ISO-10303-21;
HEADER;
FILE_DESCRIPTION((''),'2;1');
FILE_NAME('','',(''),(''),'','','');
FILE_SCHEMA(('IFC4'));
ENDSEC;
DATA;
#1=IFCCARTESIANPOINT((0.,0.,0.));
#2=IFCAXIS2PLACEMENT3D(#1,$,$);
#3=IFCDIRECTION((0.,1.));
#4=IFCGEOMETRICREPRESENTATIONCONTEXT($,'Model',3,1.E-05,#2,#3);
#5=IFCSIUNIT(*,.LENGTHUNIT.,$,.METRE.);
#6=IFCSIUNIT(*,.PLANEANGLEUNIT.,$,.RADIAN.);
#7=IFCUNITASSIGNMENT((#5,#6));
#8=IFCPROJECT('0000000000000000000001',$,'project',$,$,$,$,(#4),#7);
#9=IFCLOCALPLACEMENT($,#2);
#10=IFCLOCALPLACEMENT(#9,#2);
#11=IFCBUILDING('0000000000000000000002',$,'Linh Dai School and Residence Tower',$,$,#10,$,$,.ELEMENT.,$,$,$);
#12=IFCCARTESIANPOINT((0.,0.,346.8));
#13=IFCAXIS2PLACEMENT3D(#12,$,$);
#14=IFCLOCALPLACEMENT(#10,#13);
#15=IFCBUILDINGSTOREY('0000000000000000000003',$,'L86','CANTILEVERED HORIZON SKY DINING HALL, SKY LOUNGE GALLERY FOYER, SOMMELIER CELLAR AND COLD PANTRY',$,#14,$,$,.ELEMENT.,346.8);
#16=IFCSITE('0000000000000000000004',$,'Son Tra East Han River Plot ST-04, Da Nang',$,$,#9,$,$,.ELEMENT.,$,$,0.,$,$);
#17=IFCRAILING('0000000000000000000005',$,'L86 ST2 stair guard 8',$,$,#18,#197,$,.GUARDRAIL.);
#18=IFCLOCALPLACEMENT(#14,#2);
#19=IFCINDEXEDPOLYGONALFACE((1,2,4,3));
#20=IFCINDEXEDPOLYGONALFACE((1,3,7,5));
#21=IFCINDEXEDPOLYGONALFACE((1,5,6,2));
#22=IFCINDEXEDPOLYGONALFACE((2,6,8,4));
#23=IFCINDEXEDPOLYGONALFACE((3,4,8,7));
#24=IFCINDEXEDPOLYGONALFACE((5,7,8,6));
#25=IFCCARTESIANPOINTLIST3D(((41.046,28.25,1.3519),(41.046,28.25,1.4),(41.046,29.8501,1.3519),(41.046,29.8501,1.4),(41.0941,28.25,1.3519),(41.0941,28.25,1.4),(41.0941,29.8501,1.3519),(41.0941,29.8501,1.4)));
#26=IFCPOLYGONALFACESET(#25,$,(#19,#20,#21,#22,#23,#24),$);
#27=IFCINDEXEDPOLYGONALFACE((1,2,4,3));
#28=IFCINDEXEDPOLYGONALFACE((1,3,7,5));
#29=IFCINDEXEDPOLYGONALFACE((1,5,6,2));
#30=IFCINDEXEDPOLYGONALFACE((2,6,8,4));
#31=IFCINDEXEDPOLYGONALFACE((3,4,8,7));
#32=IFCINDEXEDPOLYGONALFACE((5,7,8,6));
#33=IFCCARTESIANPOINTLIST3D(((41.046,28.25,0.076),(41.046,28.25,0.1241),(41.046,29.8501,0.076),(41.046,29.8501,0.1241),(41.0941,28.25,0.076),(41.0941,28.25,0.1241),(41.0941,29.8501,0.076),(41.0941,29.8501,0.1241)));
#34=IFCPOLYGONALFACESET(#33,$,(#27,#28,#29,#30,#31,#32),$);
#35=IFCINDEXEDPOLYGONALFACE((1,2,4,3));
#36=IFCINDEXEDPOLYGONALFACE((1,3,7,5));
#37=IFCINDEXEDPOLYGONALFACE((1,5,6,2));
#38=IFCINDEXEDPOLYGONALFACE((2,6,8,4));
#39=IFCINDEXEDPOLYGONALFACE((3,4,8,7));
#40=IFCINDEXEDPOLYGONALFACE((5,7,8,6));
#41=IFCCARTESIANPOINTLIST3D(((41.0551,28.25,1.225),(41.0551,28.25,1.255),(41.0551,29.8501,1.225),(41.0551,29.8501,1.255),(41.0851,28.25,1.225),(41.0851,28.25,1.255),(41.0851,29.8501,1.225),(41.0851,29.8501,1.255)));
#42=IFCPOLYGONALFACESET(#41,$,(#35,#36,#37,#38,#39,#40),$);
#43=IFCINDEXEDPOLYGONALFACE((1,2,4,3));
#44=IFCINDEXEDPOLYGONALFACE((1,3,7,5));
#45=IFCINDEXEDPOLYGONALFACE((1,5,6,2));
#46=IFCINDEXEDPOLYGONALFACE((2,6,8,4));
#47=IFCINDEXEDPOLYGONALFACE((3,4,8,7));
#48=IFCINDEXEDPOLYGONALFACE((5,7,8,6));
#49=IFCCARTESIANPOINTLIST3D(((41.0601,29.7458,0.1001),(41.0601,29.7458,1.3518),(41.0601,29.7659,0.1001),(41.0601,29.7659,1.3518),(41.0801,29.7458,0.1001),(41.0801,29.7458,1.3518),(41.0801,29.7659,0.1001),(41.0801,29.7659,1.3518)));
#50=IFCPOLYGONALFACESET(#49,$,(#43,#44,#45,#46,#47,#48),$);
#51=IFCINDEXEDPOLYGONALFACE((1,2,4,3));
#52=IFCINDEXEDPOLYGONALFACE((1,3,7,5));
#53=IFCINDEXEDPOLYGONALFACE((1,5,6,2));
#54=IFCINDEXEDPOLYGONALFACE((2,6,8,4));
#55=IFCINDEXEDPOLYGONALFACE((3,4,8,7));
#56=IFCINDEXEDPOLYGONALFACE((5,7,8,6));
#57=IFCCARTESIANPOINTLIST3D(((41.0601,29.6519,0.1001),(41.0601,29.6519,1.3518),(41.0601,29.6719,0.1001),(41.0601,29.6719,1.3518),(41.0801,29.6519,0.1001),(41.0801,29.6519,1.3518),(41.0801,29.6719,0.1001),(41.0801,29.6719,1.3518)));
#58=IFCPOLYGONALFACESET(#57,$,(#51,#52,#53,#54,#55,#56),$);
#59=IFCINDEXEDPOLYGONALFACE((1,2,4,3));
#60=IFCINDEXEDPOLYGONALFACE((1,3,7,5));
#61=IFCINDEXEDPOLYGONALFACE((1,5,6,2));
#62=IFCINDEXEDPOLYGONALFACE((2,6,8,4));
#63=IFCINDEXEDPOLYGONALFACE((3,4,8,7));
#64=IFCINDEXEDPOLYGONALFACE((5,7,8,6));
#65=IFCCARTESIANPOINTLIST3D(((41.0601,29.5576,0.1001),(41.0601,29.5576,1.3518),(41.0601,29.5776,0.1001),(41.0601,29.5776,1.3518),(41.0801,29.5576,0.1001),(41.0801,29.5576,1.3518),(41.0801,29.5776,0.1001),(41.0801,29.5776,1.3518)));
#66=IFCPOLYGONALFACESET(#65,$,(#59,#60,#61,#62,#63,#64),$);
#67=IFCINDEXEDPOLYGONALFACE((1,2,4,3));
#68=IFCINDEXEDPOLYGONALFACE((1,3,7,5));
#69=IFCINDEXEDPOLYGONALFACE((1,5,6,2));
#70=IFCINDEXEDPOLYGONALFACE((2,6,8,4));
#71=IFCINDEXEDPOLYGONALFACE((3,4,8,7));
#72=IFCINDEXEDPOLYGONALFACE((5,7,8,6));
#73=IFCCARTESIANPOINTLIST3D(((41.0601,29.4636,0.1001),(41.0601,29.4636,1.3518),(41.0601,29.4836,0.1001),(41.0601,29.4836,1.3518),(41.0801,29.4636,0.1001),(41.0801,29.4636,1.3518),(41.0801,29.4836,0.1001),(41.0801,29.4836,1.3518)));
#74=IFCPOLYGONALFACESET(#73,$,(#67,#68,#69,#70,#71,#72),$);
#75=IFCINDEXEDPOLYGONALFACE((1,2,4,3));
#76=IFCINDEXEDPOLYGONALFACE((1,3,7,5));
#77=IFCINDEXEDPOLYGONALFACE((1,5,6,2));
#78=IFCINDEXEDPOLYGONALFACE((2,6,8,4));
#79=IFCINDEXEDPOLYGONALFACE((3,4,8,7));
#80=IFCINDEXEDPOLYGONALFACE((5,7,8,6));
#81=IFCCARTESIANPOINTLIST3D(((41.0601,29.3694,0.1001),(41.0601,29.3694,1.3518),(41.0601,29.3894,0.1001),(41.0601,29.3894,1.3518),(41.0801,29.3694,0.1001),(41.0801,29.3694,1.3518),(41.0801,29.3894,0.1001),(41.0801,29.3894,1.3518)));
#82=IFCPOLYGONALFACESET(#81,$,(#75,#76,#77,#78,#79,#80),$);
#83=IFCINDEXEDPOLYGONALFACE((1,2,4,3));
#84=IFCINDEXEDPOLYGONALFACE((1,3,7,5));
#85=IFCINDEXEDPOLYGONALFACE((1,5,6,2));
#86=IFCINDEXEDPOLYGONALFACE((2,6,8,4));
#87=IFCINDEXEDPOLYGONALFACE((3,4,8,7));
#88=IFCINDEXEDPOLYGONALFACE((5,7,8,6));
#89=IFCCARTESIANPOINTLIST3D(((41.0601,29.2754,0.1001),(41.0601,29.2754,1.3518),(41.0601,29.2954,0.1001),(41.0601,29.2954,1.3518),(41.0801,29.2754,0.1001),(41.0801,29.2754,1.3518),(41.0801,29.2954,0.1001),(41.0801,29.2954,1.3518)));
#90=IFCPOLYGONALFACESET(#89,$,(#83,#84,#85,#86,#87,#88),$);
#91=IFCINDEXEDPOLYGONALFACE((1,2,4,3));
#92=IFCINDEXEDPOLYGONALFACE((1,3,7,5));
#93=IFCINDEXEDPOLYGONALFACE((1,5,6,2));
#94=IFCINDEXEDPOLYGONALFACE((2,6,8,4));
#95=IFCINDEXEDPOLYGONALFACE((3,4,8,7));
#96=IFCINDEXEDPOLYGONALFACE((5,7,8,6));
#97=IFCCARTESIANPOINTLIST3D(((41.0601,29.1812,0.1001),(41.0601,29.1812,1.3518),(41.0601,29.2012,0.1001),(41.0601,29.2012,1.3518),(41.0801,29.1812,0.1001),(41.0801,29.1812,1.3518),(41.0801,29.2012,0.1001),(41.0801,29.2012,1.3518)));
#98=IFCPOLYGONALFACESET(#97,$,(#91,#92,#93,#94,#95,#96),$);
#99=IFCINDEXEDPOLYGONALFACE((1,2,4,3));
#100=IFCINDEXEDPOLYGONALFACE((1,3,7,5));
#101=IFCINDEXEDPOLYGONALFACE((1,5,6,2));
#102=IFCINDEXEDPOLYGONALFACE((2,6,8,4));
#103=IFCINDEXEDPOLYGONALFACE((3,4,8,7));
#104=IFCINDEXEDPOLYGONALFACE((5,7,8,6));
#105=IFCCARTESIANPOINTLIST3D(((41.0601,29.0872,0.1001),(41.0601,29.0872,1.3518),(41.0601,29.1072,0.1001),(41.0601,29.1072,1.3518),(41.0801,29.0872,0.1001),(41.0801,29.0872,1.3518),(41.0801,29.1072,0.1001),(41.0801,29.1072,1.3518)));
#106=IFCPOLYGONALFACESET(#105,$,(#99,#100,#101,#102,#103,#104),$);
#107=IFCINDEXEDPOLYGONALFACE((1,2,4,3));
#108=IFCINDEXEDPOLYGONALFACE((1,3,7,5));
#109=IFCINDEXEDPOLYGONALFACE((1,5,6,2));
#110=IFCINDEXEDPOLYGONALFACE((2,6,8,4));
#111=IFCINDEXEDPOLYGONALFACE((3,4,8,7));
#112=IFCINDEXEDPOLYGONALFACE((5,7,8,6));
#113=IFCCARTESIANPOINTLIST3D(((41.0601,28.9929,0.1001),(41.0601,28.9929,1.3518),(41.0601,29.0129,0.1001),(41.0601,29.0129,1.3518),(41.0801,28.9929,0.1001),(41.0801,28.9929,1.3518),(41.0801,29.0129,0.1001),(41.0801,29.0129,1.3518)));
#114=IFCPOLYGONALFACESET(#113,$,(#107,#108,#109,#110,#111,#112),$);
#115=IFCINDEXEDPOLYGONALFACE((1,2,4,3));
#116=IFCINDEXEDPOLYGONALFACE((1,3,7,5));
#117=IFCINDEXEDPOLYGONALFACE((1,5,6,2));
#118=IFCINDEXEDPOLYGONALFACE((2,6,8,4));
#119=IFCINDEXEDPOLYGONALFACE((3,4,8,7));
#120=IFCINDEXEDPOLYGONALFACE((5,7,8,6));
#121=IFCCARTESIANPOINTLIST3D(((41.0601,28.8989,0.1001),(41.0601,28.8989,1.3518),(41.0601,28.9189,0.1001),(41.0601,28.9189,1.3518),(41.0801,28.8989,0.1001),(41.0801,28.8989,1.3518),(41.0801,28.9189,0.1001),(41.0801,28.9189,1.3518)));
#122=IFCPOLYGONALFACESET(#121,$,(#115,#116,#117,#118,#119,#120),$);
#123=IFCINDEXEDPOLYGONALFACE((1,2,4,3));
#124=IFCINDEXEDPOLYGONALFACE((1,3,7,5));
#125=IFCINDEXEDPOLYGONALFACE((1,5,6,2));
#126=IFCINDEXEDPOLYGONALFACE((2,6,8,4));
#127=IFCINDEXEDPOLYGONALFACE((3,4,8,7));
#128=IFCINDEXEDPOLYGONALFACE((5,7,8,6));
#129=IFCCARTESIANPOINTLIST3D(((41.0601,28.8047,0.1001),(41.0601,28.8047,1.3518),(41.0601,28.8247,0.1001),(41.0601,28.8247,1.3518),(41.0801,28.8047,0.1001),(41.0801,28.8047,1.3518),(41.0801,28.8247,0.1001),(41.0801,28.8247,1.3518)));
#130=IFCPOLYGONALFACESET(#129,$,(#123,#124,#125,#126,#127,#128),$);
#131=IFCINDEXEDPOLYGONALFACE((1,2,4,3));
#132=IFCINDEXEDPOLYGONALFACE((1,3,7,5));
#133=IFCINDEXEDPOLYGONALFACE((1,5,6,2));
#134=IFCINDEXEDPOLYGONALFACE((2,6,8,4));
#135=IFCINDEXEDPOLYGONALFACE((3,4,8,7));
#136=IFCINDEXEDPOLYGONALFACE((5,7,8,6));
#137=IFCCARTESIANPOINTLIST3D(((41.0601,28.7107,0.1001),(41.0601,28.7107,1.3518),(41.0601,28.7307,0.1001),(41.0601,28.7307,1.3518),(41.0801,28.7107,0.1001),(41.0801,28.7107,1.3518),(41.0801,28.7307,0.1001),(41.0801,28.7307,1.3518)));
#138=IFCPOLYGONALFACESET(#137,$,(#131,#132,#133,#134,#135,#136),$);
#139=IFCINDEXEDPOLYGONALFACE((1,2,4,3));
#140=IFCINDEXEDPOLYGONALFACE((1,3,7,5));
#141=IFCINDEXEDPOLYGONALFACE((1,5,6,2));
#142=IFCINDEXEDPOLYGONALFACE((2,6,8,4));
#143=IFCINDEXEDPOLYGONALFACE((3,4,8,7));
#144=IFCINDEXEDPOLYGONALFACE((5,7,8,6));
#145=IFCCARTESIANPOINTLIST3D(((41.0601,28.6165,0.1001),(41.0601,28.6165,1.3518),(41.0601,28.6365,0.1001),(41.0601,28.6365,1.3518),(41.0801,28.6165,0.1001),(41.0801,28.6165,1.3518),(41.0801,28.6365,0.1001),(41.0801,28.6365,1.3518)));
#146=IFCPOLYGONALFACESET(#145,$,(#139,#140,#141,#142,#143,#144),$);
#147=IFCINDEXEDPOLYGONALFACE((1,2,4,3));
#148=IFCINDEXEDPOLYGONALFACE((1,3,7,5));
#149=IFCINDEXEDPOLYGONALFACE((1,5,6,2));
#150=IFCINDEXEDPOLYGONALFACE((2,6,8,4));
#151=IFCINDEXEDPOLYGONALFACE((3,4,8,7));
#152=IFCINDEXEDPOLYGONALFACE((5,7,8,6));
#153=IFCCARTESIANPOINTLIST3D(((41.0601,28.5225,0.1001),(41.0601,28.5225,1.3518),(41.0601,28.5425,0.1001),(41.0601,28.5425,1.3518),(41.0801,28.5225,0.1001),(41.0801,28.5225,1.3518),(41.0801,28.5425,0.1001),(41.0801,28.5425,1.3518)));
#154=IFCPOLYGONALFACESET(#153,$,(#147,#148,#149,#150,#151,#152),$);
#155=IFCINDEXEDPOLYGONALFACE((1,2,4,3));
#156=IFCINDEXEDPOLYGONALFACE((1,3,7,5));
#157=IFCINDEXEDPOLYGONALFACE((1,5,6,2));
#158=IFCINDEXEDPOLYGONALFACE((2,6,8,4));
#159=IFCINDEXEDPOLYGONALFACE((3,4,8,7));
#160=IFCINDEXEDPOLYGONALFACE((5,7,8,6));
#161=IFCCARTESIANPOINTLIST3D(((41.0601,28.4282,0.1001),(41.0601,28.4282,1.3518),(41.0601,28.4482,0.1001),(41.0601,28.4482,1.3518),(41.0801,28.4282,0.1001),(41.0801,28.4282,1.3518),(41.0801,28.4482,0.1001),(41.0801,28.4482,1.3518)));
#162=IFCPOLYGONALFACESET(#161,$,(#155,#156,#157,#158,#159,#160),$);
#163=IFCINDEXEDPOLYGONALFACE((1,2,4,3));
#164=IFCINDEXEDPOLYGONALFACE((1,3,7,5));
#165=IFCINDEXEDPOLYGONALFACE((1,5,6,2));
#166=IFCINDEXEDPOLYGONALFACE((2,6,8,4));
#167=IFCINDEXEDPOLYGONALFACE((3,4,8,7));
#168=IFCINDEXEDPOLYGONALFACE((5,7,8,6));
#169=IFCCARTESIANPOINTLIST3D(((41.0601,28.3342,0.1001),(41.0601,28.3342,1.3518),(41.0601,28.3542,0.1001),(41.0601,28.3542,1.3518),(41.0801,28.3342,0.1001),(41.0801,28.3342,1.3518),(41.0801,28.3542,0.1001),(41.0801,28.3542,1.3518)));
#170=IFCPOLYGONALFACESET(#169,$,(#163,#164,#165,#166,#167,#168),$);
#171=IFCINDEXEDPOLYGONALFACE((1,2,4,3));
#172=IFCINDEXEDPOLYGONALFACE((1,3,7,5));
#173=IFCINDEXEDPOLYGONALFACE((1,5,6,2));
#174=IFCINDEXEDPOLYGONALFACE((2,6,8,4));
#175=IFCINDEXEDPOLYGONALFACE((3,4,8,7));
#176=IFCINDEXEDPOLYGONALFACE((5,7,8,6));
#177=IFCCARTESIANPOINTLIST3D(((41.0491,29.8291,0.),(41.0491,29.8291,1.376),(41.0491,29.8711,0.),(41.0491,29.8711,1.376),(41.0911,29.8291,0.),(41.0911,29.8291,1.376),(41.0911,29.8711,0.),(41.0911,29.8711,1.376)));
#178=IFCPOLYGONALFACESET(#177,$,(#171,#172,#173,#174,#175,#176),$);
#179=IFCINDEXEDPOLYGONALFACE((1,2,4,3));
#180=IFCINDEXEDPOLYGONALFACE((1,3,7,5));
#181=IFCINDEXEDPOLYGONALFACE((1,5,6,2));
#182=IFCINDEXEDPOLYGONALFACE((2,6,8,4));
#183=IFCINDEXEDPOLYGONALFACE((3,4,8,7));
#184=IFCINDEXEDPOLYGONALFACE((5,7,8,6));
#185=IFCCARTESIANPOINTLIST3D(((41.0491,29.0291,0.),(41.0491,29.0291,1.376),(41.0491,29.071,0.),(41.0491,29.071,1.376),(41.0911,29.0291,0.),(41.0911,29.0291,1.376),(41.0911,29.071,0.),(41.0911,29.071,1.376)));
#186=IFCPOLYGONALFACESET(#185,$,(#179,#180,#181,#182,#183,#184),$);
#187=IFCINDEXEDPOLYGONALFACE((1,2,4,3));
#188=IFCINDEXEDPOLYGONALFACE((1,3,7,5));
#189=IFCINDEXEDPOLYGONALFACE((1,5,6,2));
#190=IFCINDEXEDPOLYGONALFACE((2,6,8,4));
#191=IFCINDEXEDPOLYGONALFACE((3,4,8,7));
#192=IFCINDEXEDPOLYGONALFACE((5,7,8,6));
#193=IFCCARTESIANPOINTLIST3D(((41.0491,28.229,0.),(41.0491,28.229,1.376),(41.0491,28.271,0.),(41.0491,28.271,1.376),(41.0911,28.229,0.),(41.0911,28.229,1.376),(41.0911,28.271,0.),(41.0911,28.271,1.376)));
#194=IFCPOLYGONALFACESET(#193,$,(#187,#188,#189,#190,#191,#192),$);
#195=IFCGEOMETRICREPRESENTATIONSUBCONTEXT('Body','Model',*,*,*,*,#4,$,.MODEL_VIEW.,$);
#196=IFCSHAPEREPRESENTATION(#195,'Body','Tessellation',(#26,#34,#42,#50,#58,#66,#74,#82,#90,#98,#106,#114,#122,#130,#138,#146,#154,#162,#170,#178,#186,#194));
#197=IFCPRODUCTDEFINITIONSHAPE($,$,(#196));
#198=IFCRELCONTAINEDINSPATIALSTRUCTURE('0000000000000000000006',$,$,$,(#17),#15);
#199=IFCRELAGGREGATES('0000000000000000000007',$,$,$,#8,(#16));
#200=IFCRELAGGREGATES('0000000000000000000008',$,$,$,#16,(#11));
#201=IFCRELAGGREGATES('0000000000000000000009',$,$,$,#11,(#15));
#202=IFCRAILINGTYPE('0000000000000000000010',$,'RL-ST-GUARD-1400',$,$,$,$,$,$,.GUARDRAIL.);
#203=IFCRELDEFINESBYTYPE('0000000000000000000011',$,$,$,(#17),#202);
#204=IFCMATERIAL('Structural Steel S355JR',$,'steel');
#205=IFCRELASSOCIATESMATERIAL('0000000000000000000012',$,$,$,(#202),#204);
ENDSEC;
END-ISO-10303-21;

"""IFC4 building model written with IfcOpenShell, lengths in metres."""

from ifc_helpers import new_model, si_unit, direction, frame, origin, origin_2d, place, context, subcontext, project, spatial, rectangle, extrude, source, transform, mapped, material, type_object, element, save


model = new_model("IFC4")

# Units and contexts
model_context = context("Model", 3, precision=1e-05, world=origin(), true_north=direction((0.0, 1.0)))
body_context = subcontext(model_context, "Body", "Model", "MODEL_VIEW")
ifc_project = project(units=[si_unit("LENGTHUNIT", "METRE"), si_unit("PLANEANGLEUNIT", "RADIAN")], contexts=[model_context])

# Site, building, storey
site_placement = place(None, origin())
site = spatial("IfcSite", under=ifc_project, at=site_placement, Name="Son Tra East Han River Plot ST-04, Da Nang", CompositionType="ELEMENT", RefElevation=0.0)
building_placement = place(site_placement, origin())
building = spatial("IfcBuilding", under=site, at=building_placement, Name="Linh Dai School and Residence Tower", CompositionType="ELEMENT")
storey_placement = place(building_placement, frame((0.0, 0.0, 346.8)))
storey = spatial("IfcBuildingStorey", under=building, at=storey_placement, Name="L86", Description="CANTILEVERED HORIZON SKY DINING HALL, SKY LOUNGE GALLERY FOYER, SOMMELIER CELLAR AND COLD PANTRY", CompositionType="ELEMENT", Elevation=346.8)

# Shared definitions
ifc_material_1 = material(Name="Structural Steel S355JR", Category="steel")

# Railing
railing_type_1 = type_object("IfcRailingType", Name="RL-ST-GUARD-1400", PredefinedType="GUARDRAIL", material=ifc_material_1)
shared_shape_1 = source(origin(), body_context, "Body", "SweptSolid", [
    extrude(rectangle(XDim=0.0481, YDim=0.0481, at=origin_2d()), frame((0.0, 0.0, 1.376), z_axis=(0.0, -1.0, 0.0), x_axis=(1.0, 0.0, 0.0)), (0.0, 0.0, 1.0), 1.6001),
    extrude(rectangle(XDim=0.0481, YDim=0.0481, at=origin_2d()), frame((0.0, 0.0, 0.1001), z_axis=(0.0, -1.0, 0.0), x_axis=(1.0, 0.0, 0.0)), (0.0, 0.0, 1.0), 1.6001),
    extrude(rectangle(XDim=0.03, YDim=0.03, at=origin_2d()), frame((0.0, 0.0, 1.24), z_axis=(0.0, -1.0, 0.0), x_axis=(1.0, 0.0, 0.0)), (0.0, 0.0, 1.0), 1.6001),
    extrude(rectangle(XDim=0.02, YDim=0.02, at=origin_2d()), frame((0.0, -0.0942, 0.1001)), (0.0, 0.0, 1.0), 1.2517),
    extrude(rectangle(XDim=0.02, YDim=0.02, at=origin_2d()), frame((0.0, -0.1882, 0.1001)), (0.0, 0.0, 1.0), 1.2517),
    extrude(rectangle(XDim=0.02, YDim=0.02, at=origin_2d()), frame((0.0, -0.2825, 0.1001)), (0.0, 0.0, 1.0), 1.2517),
    extrude(rectangle(XDim=0.02, YDim=0.02, at=origin_2d()), frame((0.0, -0.3765, 0.1001)), (0.0, 0.0, 1.0), 1.2517),
    extrude(rectangle(XDim=0.02, YDim=0.02, at=origin_2d()), frame((0.0, -0.4707, 0.1001)), (0.0, 0.0, 1.0), 1.2517),
    extrude(rectangle(XDim=0.02, YDim=0.02, at=origin_2d()), frame((0.0, -0.5647, 0.1001)), (0.0, 0.0, 1.0), 1.2517),
    extrude(rectangle(XDim=0.02, YDim=0.02, at=origin_2d()), frame((0.0, -0.6589, 0.1001)), (0.0, 0.0, 1.0), 1.2517),
    extrude(rectangle(XDim=0.02, YDim=0.02, at=origin_2d()), frame((0.0, -0.7529, 0.1001)), (0.0, 0.0, 1.0), 1.2517),
    extrude(rectangle(XDim=0.02, YDim=0.02, at=origin_2d()), frame((0.0, -0.8472, 0.1001)), (0.0, 0.0, 1.0), 1.2517),
    extrude(rectangle(XDim=0.02, YDim=0.02, at=origin_2d()), frame((0.0, -0.9412, 0.1001)), (0.0, 0.0, 1.0), 1.2517),
    extrude(rectangle(XDim=0.02, YDim=0.02, at=origin_2d()), frame((0.0, -1.0354, 0.1001)), (0.0, 0.0, 1.0), 1.2517),
    extrude(rectangle(XDim=0.02, YDim=0.02, at=origin_2d()), frame((0.0, -1.1294, 0.1001)), (0.0, 0.0, 1.0), 1.2517),
    extrude(rectangle(XDim=0.02, YDim=0.02, at=origin_2d()), frame((0.0, -1.2236, 0.1001)), (0.0, 0.0, 1.0), 1.2517),
    extrude(rectangle(XDim=0.02, YDim=0.02, at=origin_2d()), frame((0.0, -1.3176, 0.1001)), (0.0, 0.0, 1.0), 1.2517),
    extrude(rectangle(XDim=0.02, YDim=0.02, at=origin_2d()), frame((0.0, -1.4119, 0.1001)), (0.0, 0.0, 1.0), 1.2517),
    extrude(rectangle(XDim=0.02, YDim=0.02, at=origin_2d()), frame((0.0, -1.5059, 0.1001)), (0.0, 0.0, 1.0), 1.2517),
    extrude(rectangle(XDim=0.042, YDim=0.042, at=origin_2d()), origin(), (0.0, 0.0, 1.0), 1.376),
    extrude(rectangle(XDim=0.042, YDim=0.042, at=origin_2d()), frame((0.0, -0.8, 0.0)), (0.0, 0.0, 1.0), 1.376),
    extrude(rectangle(XDim=0.042, YDim=0.042, at=origin_2d()), frame((0.0, -1.6001, 0.0)), (0.0, 0.0, 1.0), 1.376),
])
for number, where, name in (
    (1, (41.0701, 29.8501, 0.0), "L86 ST2 stair guard 8"),
):
    element("IfcRailing", number, at=place(storey_placement, frame(where)), inside=storey, type_object=railing_type_1, Name=name, PredefinedType="GUARDRAIL", context=body_context, shape_type="MappedRepresentation", body=[
        mapped(shared_shape_1, transform((0.0, 0.0, 0.0), x_axis=(1.0, 0.0, 0.0), y_axis=(0.0, 1.0, 0.0), z_axis=(0.0, 0.0, 1.0), scale=1.0)),
    ])

save(model, "model.ifc")
